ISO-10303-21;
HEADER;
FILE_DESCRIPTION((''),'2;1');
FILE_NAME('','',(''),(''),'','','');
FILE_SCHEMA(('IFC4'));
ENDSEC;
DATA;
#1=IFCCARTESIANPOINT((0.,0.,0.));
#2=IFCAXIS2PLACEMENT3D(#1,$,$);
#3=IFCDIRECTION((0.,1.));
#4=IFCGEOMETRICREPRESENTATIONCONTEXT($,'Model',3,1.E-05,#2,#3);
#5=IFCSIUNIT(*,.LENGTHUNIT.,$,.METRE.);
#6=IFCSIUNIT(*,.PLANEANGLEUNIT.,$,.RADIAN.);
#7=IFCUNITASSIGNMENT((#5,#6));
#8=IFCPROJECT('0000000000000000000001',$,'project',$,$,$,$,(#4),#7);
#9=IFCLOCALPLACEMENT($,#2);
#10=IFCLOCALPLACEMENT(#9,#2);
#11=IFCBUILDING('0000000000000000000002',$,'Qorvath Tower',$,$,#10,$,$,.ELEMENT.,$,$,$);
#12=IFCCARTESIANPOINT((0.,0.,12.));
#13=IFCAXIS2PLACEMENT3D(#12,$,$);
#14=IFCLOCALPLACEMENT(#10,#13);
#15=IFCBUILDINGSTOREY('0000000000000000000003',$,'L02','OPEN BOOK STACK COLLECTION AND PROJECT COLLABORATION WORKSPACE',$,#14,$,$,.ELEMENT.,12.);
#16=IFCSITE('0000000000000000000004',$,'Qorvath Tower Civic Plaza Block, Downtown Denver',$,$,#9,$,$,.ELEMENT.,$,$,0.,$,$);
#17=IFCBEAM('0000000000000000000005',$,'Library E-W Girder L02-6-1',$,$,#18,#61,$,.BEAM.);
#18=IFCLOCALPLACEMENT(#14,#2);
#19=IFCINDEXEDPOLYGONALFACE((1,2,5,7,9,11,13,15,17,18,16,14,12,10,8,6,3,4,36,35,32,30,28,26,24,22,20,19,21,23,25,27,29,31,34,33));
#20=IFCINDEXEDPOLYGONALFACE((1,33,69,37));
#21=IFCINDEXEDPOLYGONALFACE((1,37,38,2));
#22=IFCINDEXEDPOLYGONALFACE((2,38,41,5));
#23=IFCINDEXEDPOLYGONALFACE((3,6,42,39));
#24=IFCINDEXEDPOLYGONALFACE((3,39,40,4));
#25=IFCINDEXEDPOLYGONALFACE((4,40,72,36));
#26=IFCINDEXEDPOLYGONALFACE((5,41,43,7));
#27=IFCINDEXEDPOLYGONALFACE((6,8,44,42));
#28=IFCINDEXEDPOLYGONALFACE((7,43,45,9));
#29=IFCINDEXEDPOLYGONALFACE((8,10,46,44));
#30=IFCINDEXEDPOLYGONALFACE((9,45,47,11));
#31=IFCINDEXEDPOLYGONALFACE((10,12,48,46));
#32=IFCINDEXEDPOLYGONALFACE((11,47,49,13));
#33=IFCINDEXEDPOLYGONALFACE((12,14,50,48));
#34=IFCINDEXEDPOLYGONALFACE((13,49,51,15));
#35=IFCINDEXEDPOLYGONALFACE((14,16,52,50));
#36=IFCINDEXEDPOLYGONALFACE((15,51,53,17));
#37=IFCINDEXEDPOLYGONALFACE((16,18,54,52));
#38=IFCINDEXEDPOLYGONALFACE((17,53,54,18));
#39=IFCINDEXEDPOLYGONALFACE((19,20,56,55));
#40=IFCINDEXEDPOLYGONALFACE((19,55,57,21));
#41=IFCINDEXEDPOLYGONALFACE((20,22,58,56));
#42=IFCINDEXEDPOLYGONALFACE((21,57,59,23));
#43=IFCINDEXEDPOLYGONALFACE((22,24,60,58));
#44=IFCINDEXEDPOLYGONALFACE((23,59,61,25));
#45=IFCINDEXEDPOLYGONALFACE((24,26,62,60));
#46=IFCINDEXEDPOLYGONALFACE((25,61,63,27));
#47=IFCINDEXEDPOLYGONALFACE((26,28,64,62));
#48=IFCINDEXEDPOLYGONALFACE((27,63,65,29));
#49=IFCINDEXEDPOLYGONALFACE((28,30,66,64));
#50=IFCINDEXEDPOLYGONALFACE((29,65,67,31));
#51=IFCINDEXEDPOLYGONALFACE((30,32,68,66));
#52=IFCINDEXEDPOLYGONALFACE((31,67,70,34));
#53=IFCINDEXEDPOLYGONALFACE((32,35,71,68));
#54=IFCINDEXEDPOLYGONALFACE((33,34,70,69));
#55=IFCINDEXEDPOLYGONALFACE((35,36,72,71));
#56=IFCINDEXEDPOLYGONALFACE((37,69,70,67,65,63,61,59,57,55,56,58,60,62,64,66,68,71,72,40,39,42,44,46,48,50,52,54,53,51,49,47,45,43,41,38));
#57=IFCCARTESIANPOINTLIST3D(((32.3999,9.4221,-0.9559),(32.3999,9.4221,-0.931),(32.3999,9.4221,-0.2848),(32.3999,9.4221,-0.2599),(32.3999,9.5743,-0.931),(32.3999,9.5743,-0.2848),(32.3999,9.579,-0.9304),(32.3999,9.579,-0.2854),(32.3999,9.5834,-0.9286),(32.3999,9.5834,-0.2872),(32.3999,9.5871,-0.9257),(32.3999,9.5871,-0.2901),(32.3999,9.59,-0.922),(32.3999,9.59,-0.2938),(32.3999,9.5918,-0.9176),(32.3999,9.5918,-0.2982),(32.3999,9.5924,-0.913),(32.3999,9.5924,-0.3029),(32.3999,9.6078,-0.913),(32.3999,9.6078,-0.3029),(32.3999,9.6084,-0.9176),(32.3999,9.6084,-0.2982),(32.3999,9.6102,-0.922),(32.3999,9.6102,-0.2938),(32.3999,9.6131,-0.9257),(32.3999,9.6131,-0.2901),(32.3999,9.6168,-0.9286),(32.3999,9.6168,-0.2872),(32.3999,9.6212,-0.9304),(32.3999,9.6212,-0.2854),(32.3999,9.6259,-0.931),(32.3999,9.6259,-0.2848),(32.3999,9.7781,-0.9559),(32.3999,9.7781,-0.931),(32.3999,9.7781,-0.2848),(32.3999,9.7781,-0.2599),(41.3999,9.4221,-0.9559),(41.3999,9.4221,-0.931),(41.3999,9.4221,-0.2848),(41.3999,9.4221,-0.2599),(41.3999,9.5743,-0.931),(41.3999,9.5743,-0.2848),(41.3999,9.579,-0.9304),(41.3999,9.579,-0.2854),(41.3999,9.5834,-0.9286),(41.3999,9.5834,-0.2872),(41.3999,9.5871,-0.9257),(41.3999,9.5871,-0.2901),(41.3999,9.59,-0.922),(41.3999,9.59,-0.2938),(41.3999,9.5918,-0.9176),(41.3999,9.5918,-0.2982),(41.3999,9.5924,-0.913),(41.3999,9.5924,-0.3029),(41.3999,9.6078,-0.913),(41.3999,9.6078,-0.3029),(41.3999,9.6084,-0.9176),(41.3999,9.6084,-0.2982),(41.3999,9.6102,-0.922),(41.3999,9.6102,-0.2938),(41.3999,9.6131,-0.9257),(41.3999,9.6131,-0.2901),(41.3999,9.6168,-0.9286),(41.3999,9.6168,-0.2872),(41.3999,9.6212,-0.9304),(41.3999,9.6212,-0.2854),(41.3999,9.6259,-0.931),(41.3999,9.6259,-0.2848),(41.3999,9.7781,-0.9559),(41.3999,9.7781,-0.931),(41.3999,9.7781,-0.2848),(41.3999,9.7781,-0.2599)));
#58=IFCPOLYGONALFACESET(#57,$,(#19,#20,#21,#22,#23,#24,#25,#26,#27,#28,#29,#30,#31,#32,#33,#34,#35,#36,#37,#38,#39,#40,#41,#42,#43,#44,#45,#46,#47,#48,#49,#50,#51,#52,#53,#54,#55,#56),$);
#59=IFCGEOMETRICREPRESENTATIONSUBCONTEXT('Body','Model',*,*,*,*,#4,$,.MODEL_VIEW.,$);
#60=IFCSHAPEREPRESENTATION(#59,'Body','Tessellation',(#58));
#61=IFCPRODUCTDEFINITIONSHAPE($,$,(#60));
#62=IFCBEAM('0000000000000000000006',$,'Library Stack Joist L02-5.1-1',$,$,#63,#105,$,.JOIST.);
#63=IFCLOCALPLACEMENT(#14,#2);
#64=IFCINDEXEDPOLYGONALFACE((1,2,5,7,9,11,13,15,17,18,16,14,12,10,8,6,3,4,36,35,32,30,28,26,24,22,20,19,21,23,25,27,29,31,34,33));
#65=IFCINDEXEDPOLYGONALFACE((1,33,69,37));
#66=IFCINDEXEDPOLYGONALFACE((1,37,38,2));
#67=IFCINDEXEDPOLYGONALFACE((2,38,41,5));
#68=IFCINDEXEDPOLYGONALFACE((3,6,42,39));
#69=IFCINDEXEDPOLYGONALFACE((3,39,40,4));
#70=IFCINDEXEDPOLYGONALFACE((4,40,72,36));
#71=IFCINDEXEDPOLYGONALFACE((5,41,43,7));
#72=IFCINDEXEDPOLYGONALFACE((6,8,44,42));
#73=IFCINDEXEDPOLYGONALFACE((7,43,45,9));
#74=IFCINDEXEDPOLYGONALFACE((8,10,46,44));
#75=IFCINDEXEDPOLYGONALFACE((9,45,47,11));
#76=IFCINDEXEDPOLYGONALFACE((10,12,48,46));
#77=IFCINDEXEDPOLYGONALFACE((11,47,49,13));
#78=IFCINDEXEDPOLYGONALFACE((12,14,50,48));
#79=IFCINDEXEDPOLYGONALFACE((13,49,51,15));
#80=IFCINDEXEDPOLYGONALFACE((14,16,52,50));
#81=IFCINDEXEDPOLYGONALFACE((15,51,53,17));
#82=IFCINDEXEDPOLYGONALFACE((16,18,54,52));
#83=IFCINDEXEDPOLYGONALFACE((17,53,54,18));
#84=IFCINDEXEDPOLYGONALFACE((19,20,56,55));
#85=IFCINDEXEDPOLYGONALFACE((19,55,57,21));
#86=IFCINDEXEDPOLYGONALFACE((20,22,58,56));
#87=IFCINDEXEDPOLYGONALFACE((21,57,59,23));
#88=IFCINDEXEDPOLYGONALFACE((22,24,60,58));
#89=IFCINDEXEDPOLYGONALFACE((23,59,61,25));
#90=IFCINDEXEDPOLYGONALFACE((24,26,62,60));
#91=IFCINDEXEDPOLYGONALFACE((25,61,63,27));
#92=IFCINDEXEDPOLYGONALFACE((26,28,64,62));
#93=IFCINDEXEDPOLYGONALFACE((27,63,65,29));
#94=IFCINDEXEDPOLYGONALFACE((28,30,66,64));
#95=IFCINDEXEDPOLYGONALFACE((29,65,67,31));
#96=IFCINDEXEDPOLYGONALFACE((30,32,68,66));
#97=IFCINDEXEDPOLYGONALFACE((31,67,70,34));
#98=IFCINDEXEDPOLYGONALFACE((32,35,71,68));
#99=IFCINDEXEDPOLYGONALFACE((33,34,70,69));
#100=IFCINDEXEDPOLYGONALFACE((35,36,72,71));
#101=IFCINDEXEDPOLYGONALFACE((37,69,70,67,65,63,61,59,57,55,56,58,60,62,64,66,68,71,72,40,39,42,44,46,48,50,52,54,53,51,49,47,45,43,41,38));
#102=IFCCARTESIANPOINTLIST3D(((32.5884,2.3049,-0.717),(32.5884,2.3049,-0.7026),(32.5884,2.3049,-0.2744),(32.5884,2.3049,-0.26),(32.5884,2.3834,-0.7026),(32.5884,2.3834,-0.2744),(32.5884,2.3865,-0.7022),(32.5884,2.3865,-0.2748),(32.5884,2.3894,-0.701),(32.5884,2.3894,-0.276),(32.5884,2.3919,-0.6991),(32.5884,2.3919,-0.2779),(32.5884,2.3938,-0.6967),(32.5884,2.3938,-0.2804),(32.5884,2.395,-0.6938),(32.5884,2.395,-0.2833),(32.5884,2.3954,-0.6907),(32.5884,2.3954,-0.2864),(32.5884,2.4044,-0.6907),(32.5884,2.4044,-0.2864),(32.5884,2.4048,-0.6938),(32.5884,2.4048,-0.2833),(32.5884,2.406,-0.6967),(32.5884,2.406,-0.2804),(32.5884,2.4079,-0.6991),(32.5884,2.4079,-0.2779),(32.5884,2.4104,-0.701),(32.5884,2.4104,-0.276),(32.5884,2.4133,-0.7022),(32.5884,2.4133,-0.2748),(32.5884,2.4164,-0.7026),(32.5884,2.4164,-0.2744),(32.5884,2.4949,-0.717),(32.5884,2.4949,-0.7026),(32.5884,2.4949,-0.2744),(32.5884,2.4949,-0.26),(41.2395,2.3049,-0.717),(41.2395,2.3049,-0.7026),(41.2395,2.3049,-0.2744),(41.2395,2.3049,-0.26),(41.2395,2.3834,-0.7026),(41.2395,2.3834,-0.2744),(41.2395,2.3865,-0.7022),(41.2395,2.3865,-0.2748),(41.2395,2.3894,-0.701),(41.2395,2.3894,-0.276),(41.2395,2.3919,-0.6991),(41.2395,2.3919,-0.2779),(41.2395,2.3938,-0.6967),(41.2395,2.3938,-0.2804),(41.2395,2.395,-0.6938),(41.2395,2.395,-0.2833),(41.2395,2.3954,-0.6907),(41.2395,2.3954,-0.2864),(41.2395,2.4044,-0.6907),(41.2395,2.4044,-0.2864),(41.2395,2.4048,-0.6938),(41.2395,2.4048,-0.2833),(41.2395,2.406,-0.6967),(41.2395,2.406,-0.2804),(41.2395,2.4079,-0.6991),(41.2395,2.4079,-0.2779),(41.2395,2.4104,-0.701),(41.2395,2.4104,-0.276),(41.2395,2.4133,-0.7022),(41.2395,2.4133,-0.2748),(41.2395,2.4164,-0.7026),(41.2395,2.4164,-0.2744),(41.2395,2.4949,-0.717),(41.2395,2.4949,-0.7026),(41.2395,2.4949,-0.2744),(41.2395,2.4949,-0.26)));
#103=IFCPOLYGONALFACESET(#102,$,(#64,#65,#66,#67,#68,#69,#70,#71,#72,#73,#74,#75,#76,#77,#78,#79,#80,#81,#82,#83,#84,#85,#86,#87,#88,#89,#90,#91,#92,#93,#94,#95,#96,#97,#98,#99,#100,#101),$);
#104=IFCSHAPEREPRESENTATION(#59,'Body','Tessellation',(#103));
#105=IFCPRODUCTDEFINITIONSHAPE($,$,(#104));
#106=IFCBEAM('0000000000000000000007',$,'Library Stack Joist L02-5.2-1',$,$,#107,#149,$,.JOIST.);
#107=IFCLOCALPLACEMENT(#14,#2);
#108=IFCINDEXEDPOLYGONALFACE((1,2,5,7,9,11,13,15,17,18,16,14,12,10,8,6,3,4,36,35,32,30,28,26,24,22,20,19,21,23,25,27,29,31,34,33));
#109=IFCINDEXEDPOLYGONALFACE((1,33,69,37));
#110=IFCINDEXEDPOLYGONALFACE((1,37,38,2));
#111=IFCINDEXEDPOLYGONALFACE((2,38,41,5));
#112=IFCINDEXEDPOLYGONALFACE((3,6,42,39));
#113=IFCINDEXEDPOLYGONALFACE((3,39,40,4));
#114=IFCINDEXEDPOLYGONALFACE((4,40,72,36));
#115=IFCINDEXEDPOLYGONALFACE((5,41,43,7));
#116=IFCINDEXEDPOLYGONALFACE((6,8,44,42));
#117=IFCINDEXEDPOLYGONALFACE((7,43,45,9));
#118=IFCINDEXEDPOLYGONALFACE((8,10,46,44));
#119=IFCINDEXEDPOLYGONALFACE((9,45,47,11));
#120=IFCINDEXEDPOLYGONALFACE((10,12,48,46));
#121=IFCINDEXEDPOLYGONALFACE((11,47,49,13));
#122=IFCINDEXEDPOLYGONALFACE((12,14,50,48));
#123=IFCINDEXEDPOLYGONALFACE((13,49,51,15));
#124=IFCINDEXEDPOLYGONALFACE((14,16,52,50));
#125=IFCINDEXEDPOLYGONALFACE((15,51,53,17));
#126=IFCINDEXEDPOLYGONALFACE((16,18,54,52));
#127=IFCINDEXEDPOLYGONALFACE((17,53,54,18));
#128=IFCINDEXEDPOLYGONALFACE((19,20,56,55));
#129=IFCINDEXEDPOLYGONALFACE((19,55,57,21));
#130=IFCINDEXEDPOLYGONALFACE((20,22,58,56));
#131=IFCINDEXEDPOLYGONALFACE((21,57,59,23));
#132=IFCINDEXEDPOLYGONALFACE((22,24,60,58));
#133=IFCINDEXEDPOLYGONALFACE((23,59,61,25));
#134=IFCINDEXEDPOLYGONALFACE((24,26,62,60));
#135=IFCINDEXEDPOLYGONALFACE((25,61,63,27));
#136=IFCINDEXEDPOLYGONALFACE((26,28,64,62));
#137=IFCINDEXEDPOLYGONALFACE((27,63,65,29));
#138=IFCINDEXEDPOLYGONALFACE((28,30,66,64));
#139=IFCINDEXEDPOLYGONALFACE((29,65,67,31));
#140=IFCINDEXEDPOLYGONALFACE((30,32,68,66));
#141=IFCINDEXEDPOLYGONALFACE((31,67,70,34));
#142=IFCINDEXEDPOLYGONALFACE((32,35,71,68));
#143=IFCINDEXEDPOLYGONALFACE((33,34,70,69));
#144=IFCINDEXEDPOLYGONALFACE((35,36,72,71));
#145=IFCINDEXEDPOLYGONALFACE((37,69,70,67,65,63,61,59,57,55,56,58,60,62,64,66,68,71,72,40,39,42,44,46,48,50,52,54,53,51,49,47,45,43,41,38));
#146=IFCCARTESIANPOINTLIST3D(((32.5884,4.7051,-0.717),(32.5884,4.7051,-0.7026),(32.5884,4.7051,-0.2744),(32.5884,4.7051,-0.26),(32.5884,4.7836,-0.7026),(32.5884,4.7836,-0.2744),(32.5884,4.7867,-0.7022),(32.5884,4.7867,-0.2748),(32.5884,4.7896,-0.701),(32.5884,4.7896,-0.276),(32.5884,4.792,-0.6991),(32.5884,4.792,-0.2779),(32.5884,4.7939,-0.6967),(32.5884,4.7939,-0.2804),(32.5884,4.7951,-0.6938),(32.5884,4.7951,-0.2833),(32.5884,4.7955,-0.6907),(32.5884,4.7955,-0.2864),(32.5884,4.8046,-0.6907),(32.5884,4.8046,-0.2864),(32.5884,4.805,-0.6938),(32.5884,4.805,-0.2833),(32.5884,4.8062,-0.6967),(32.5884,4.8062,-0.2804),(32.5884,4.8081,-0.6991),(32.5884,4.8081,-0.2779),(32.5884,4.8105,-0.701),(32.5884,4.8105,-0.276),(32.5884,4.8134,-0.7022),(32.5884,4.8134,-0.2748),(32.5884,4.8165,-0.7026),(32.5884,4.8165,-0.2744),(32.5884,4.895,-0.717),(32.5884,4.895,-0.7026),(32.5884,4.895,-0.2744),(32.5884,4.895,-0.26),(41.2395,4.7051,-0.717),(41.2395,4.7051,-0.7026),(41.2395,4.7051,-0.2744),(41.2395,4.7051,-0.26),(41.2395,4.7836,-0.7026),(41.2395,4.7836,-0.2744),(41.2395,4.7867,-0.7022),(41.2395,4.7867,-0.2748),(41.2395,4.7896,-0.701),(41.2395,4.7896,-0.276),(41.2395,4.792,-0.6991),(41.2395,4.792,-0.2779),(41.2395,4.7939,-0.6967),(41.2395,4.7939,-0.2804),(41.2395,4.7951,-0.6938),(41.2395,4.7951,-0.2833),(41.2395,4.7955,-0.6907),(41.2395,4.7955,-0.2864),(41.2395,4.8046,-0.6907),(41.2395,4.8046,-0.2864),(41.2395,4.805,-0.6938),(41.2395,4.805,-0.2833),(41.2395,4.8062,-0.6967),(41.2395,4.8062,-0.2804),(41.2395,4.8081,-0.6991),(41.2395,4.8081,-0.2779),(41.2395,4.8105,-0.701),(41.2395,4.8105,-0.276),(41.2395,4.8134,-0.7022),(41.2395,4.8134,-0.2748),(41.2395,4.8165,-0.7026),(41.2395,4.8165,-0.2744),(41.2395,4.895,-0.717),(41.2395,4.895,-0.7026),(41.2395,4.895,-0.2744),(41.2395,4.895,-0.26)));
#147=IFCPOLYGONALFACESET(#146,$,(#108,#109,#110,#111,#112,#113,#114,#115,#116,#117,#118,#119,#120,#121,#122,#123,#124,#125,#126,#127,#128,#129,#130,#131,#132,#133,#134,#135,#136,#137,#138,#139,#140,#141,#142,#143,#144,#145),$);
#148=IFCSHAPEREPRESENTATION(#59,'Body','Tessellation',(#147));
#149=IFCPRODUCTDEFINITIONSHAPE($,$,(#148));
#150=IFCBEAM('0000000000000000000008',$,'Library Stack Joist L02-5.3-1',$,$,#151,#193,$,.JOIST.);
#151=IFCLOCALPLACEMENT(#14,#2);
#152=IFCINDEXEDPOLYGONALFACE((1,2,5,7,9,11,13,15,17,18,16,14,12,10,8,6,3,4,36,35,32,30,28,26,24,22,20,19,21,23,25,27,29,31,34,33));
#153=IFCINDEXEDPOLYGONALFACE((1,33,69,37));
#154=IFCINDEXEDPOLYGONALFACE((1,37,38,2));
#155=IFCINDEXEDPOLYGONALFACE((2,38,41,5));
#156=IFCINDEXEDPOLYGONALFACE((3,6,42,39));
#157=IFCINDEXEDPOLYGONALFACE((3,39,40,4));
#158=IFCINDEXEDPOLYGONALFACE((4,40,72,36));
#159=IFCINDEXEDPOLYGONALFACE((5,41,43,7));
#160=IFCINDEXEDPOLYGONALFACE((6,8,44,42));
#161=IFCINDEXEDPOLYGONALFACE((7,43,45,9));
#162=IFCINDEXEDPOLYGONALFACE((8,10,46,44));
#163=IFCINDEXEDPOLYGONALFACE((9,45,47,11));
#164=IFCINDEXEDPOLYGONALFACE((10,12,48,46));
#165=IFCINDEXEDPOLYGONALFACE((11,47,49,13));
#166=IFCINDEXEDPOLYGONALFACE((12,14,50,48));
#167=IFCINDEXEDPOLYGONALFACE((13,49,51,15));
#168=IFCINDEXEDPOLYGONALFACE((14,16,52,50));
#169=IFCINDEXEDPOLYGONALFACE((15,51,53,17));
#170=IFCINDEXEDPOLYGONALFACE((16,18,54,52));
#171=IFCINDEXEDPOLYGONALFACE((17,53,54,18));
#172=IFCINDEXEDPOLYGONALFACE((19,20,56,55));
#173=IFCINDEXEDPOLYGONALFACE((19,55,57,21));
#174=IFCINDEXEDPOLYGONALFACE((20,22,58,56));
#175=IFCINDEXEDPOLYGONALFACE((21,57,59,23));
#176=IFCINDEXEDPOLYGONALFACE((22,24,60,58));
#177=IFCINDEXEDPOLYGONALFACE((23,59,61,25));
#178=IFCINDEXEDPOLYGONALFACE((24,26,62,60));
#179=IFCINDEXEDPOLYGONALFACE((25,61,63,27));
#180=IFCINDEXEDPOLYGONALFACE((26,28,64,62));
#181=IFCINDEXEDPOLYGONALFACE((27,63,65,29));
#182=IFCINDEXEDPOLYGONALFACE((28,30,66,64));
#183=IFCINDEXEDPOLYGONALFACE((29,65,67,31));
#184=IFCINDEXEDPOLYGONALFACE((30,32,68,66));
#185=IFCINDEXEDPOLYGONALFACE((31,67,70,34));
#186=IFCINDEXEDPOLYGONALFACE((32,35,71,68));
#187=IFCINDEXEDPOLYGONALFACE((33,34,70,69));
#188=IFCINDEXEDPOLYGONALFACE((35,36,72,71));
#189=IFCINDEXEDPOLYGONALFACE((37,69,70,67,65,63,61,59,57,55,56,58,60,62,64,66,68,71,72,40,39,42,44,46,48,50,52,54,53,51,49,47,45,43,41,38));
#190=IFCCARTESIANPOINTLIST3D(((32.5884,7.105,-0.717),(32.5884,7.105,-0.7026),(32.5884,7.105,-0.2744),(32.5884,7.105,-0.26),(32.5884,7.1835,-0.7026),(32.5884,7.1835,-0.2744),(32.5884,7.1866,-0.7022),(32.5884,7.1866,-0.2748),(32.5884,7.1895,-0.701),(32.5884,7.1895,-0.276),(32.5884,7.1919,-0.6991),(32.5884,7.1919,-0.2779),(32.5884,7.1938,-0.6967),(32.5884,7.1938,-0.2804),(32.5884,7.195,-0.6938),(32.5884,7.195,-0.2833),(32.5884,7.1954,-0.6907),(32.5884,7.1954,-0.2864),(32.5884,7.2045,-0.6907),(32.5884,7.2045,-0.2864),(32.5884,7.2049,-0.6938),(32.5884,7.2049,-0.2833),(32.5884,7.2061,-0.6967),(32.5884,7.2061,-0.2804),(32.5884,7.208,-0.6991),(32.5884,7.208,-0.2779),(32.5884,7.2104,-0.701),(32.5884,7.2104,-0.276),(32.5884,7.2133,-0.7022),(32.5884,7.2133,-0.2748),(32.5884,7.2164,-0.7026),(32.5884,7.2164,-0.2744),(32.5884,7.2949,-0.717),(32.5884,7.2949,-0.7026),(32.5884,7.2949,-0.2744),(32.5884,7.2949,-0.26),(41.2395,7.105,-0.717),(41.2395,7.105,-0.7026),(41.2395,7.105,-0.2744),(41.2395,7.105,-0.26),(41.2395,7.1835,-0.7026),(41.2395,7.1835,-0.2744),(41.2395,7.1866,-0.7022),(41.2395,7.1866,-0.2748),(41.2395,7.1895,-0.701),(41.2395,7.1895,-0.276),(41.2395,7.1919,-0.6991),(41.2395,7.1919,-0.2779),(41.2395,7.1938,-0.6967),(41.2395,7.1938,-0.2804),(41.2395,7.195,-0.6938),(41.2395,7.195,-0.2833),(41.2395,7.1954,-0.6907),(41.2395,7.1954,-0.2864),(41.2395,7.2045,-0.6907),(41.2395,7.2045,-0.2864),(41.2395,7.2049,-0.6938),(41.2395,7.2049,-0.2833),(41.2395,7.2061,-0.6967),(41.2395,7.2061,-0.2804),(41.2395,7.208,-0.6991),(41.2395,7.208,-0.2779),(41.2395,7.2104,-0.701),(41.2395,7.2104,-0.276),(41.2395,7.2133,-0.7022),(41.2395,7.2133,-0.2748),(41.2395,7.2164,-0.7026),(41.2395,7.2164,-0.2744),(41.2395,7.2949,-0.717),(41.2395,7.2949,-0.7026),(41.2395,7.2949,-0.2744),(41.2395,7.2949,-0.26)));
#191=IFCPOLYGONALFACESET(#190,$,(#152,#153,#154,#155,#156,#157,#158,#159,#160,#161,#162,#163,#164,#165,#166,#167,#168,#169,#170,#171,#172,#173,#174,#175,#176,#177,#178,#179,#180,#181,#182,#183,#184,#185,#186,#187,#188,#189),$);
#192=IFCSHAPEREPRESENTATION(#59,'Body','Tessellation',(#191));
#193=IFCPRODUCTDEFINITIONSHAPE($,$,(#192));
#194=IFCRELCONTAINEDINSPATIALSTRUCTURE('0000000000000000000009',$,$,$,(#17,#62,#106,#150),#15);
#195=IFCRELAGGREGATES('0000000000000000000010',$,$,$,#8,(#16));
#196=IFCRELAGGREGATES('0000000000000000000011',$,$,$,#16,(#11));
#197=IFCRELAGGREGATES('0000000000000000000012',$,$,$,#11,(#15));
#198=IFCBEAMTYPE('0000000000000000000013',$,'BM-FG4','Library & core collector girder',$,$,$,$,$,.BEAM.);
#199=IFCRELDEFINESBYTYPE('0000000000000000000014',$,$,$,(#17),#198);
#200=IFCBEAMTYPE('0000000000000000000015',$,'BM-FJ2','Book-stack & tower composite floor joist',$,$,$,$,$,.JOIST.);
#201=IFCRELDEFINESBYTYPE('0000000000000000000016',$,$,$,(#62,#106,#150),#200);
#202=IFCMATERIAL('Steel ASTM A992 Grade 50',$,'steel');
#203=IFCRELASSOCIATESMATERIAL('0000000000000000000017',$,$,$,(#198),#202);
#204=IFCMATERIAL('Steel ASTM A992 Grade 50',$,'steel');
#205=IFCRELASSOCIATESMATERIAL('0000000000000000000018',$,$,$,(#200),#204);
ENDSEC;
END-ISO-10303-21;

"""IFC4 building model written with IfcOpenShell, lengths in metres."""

from ifc_helpers import new_model, si_unit, direction, frame, origin, origin_2d, place, context, subcontext, project, spatial, i_section, extrude, material, material_profile, profile_set, type_object, element, save


model = new_model("IFC4")

# Units and contexts
model_context = context("Model", 3, precision=1e-05, world=origin(), true_north=direction((0.0, 1.0)))
body_context = subcontext(model_context, "Body", "Model", "MODEL_VIEW")
ifc_project = project(units=[si_unit("LENGTHUNIT", "METRE"), si_unit("PLANEANGLEUNIT", "RADIAN")], contexts=[model_context])

# Site, building, storey
site_placement = place(None, origin())
site = spatial("IfcSite", under=ifc_project, at=site_placement, Name="Qorvath Tower Civic Plaza Block, Downtown Denver", CompositionType="ELEMENT", RefElevation=0.0)
building_placement = place(site_placement, origin())
building = spatial("IfcBuilding", under=site, at=building_placement, Name="Qorvath Tower", CompositionType="ELEMENT")
storey_placement = place(building_placement, frame((0.0, 0.0, 12.0)))
storey = spatial("IfcBuildingStorey", under=building, at=storey_placement, Name="L02", Description="OPEN BOOK STACK COLLECTION AND PROJECT COLLABORATION WORKSPACE", CompositionType="ELEMENT", Elevation=12.0)

# Beams
ifc_material_1 = material(Name="Steel ASTM A992 Grade 50", Category="steel")
ifc_material_profile_1 = material_profile(ifc_material_1, i_section(OverallWidth=0.356, OverallDepth=0.696, WebThickness=0.0154, FlangeThickness=0.0249, FilletRadius=0.0181, at=origin_2d()), Name="W27x146")
ifc_profile_set_1 = profile_set([ifc_material_profile_1], Name="Steel ASTM A992 Grade 50")
beam_type_1 = type_object("IfcBeamType", Name="BM-FG4", Description="Library & core collector girder", PredefinedType="BEAM", material=ifc_profile_set_1)
for number, where, z_axis, x_axis, name in (
    (1, (32.3999, 9.6001, -0.6079), (1.0, 0.0, 0.0), (0.0, 1.0, 0.0), "Library E-W Girder L02-6-1"),
):
    element("IfcBeam", number, at=place(storey_placement, frame(where, z_axis=z_axis, x_axis=x_axis)), inside=storey, type_object=beam_type_1, Name=name, PredefinedType="BEAM", context=body_context, shape_type="SweptSolid", body=[
        extrude(i_section(OverallWidth=0.356, OverallDepth=0.696, WebThickness=0.0154, FlangeThickness=0.0249, FilletRadius=0.0181, at=origin_2d()), origin(), (0.0, 0.0, 1.0), 9.0),
    ])
ifc_material_2 = material(Name="Steel ASTM A992 Grade 50", Category="steel")
ifc_material_profile_2 = material_profile(ifc_material_2, i_section(OverallWidth=0.1899, OverallDepth=0.457, WebThickness=0.009, FlangeThickness=0.0144, FilletRadius=0.012, at=origin_2d()), Name="W18x50")
ifc_profile_set_2 = profile_set([ifc_material_profile_2], Name="Steel ASTM A992 Grade 50")
beam_type_2 = type_object("IfcBeamType", Name="BM-FJ2", Description="Book-stack & tower composite floor joist", PredefinedType="JOIST", material=ifc_profile_set_2)
for number, where, z_axis, x_axis, name in (
    (2, (32.5884, 2.3999, -0.4885), (1.0, 0.0, 0.0), (0.0, 1.0, 0.0), "Library Stack Joist L02-5.1-1"),
    (3, (32.5884, 4.8, -0.4885), (1.0, 0.0, 0.0), (0.0, 1.0, 0.0), "Library Stack Joist L02-5.2-1"),
    (4, (32.5884, 7.2, -0.4885), (1.0, 0.0, 0.0), (0.0, 1.0, 0.0), "Library Stack Joist L02-5.3-1"),
):
    element("IfcBeam", number, at=place(storey_placement, frame(where, z_axis=z_axis, x_axis=x_axis)), inside=storey, type_object=beam_type_2, Name=name, PredefinedType="JOIST", context=body_context, shape_type="SweptSolid", body=[
        extrude(i_section(OverallWidth=0.1899, OverallDepth=0.457, WebThickness=0.009, FlangeThickness=0.0144, FilletRadius=0.012, at=origin_2d()), origin(), (0.0, 0.0, 1.0), 8.6511),
    ])

save(model, "model.ifc")
